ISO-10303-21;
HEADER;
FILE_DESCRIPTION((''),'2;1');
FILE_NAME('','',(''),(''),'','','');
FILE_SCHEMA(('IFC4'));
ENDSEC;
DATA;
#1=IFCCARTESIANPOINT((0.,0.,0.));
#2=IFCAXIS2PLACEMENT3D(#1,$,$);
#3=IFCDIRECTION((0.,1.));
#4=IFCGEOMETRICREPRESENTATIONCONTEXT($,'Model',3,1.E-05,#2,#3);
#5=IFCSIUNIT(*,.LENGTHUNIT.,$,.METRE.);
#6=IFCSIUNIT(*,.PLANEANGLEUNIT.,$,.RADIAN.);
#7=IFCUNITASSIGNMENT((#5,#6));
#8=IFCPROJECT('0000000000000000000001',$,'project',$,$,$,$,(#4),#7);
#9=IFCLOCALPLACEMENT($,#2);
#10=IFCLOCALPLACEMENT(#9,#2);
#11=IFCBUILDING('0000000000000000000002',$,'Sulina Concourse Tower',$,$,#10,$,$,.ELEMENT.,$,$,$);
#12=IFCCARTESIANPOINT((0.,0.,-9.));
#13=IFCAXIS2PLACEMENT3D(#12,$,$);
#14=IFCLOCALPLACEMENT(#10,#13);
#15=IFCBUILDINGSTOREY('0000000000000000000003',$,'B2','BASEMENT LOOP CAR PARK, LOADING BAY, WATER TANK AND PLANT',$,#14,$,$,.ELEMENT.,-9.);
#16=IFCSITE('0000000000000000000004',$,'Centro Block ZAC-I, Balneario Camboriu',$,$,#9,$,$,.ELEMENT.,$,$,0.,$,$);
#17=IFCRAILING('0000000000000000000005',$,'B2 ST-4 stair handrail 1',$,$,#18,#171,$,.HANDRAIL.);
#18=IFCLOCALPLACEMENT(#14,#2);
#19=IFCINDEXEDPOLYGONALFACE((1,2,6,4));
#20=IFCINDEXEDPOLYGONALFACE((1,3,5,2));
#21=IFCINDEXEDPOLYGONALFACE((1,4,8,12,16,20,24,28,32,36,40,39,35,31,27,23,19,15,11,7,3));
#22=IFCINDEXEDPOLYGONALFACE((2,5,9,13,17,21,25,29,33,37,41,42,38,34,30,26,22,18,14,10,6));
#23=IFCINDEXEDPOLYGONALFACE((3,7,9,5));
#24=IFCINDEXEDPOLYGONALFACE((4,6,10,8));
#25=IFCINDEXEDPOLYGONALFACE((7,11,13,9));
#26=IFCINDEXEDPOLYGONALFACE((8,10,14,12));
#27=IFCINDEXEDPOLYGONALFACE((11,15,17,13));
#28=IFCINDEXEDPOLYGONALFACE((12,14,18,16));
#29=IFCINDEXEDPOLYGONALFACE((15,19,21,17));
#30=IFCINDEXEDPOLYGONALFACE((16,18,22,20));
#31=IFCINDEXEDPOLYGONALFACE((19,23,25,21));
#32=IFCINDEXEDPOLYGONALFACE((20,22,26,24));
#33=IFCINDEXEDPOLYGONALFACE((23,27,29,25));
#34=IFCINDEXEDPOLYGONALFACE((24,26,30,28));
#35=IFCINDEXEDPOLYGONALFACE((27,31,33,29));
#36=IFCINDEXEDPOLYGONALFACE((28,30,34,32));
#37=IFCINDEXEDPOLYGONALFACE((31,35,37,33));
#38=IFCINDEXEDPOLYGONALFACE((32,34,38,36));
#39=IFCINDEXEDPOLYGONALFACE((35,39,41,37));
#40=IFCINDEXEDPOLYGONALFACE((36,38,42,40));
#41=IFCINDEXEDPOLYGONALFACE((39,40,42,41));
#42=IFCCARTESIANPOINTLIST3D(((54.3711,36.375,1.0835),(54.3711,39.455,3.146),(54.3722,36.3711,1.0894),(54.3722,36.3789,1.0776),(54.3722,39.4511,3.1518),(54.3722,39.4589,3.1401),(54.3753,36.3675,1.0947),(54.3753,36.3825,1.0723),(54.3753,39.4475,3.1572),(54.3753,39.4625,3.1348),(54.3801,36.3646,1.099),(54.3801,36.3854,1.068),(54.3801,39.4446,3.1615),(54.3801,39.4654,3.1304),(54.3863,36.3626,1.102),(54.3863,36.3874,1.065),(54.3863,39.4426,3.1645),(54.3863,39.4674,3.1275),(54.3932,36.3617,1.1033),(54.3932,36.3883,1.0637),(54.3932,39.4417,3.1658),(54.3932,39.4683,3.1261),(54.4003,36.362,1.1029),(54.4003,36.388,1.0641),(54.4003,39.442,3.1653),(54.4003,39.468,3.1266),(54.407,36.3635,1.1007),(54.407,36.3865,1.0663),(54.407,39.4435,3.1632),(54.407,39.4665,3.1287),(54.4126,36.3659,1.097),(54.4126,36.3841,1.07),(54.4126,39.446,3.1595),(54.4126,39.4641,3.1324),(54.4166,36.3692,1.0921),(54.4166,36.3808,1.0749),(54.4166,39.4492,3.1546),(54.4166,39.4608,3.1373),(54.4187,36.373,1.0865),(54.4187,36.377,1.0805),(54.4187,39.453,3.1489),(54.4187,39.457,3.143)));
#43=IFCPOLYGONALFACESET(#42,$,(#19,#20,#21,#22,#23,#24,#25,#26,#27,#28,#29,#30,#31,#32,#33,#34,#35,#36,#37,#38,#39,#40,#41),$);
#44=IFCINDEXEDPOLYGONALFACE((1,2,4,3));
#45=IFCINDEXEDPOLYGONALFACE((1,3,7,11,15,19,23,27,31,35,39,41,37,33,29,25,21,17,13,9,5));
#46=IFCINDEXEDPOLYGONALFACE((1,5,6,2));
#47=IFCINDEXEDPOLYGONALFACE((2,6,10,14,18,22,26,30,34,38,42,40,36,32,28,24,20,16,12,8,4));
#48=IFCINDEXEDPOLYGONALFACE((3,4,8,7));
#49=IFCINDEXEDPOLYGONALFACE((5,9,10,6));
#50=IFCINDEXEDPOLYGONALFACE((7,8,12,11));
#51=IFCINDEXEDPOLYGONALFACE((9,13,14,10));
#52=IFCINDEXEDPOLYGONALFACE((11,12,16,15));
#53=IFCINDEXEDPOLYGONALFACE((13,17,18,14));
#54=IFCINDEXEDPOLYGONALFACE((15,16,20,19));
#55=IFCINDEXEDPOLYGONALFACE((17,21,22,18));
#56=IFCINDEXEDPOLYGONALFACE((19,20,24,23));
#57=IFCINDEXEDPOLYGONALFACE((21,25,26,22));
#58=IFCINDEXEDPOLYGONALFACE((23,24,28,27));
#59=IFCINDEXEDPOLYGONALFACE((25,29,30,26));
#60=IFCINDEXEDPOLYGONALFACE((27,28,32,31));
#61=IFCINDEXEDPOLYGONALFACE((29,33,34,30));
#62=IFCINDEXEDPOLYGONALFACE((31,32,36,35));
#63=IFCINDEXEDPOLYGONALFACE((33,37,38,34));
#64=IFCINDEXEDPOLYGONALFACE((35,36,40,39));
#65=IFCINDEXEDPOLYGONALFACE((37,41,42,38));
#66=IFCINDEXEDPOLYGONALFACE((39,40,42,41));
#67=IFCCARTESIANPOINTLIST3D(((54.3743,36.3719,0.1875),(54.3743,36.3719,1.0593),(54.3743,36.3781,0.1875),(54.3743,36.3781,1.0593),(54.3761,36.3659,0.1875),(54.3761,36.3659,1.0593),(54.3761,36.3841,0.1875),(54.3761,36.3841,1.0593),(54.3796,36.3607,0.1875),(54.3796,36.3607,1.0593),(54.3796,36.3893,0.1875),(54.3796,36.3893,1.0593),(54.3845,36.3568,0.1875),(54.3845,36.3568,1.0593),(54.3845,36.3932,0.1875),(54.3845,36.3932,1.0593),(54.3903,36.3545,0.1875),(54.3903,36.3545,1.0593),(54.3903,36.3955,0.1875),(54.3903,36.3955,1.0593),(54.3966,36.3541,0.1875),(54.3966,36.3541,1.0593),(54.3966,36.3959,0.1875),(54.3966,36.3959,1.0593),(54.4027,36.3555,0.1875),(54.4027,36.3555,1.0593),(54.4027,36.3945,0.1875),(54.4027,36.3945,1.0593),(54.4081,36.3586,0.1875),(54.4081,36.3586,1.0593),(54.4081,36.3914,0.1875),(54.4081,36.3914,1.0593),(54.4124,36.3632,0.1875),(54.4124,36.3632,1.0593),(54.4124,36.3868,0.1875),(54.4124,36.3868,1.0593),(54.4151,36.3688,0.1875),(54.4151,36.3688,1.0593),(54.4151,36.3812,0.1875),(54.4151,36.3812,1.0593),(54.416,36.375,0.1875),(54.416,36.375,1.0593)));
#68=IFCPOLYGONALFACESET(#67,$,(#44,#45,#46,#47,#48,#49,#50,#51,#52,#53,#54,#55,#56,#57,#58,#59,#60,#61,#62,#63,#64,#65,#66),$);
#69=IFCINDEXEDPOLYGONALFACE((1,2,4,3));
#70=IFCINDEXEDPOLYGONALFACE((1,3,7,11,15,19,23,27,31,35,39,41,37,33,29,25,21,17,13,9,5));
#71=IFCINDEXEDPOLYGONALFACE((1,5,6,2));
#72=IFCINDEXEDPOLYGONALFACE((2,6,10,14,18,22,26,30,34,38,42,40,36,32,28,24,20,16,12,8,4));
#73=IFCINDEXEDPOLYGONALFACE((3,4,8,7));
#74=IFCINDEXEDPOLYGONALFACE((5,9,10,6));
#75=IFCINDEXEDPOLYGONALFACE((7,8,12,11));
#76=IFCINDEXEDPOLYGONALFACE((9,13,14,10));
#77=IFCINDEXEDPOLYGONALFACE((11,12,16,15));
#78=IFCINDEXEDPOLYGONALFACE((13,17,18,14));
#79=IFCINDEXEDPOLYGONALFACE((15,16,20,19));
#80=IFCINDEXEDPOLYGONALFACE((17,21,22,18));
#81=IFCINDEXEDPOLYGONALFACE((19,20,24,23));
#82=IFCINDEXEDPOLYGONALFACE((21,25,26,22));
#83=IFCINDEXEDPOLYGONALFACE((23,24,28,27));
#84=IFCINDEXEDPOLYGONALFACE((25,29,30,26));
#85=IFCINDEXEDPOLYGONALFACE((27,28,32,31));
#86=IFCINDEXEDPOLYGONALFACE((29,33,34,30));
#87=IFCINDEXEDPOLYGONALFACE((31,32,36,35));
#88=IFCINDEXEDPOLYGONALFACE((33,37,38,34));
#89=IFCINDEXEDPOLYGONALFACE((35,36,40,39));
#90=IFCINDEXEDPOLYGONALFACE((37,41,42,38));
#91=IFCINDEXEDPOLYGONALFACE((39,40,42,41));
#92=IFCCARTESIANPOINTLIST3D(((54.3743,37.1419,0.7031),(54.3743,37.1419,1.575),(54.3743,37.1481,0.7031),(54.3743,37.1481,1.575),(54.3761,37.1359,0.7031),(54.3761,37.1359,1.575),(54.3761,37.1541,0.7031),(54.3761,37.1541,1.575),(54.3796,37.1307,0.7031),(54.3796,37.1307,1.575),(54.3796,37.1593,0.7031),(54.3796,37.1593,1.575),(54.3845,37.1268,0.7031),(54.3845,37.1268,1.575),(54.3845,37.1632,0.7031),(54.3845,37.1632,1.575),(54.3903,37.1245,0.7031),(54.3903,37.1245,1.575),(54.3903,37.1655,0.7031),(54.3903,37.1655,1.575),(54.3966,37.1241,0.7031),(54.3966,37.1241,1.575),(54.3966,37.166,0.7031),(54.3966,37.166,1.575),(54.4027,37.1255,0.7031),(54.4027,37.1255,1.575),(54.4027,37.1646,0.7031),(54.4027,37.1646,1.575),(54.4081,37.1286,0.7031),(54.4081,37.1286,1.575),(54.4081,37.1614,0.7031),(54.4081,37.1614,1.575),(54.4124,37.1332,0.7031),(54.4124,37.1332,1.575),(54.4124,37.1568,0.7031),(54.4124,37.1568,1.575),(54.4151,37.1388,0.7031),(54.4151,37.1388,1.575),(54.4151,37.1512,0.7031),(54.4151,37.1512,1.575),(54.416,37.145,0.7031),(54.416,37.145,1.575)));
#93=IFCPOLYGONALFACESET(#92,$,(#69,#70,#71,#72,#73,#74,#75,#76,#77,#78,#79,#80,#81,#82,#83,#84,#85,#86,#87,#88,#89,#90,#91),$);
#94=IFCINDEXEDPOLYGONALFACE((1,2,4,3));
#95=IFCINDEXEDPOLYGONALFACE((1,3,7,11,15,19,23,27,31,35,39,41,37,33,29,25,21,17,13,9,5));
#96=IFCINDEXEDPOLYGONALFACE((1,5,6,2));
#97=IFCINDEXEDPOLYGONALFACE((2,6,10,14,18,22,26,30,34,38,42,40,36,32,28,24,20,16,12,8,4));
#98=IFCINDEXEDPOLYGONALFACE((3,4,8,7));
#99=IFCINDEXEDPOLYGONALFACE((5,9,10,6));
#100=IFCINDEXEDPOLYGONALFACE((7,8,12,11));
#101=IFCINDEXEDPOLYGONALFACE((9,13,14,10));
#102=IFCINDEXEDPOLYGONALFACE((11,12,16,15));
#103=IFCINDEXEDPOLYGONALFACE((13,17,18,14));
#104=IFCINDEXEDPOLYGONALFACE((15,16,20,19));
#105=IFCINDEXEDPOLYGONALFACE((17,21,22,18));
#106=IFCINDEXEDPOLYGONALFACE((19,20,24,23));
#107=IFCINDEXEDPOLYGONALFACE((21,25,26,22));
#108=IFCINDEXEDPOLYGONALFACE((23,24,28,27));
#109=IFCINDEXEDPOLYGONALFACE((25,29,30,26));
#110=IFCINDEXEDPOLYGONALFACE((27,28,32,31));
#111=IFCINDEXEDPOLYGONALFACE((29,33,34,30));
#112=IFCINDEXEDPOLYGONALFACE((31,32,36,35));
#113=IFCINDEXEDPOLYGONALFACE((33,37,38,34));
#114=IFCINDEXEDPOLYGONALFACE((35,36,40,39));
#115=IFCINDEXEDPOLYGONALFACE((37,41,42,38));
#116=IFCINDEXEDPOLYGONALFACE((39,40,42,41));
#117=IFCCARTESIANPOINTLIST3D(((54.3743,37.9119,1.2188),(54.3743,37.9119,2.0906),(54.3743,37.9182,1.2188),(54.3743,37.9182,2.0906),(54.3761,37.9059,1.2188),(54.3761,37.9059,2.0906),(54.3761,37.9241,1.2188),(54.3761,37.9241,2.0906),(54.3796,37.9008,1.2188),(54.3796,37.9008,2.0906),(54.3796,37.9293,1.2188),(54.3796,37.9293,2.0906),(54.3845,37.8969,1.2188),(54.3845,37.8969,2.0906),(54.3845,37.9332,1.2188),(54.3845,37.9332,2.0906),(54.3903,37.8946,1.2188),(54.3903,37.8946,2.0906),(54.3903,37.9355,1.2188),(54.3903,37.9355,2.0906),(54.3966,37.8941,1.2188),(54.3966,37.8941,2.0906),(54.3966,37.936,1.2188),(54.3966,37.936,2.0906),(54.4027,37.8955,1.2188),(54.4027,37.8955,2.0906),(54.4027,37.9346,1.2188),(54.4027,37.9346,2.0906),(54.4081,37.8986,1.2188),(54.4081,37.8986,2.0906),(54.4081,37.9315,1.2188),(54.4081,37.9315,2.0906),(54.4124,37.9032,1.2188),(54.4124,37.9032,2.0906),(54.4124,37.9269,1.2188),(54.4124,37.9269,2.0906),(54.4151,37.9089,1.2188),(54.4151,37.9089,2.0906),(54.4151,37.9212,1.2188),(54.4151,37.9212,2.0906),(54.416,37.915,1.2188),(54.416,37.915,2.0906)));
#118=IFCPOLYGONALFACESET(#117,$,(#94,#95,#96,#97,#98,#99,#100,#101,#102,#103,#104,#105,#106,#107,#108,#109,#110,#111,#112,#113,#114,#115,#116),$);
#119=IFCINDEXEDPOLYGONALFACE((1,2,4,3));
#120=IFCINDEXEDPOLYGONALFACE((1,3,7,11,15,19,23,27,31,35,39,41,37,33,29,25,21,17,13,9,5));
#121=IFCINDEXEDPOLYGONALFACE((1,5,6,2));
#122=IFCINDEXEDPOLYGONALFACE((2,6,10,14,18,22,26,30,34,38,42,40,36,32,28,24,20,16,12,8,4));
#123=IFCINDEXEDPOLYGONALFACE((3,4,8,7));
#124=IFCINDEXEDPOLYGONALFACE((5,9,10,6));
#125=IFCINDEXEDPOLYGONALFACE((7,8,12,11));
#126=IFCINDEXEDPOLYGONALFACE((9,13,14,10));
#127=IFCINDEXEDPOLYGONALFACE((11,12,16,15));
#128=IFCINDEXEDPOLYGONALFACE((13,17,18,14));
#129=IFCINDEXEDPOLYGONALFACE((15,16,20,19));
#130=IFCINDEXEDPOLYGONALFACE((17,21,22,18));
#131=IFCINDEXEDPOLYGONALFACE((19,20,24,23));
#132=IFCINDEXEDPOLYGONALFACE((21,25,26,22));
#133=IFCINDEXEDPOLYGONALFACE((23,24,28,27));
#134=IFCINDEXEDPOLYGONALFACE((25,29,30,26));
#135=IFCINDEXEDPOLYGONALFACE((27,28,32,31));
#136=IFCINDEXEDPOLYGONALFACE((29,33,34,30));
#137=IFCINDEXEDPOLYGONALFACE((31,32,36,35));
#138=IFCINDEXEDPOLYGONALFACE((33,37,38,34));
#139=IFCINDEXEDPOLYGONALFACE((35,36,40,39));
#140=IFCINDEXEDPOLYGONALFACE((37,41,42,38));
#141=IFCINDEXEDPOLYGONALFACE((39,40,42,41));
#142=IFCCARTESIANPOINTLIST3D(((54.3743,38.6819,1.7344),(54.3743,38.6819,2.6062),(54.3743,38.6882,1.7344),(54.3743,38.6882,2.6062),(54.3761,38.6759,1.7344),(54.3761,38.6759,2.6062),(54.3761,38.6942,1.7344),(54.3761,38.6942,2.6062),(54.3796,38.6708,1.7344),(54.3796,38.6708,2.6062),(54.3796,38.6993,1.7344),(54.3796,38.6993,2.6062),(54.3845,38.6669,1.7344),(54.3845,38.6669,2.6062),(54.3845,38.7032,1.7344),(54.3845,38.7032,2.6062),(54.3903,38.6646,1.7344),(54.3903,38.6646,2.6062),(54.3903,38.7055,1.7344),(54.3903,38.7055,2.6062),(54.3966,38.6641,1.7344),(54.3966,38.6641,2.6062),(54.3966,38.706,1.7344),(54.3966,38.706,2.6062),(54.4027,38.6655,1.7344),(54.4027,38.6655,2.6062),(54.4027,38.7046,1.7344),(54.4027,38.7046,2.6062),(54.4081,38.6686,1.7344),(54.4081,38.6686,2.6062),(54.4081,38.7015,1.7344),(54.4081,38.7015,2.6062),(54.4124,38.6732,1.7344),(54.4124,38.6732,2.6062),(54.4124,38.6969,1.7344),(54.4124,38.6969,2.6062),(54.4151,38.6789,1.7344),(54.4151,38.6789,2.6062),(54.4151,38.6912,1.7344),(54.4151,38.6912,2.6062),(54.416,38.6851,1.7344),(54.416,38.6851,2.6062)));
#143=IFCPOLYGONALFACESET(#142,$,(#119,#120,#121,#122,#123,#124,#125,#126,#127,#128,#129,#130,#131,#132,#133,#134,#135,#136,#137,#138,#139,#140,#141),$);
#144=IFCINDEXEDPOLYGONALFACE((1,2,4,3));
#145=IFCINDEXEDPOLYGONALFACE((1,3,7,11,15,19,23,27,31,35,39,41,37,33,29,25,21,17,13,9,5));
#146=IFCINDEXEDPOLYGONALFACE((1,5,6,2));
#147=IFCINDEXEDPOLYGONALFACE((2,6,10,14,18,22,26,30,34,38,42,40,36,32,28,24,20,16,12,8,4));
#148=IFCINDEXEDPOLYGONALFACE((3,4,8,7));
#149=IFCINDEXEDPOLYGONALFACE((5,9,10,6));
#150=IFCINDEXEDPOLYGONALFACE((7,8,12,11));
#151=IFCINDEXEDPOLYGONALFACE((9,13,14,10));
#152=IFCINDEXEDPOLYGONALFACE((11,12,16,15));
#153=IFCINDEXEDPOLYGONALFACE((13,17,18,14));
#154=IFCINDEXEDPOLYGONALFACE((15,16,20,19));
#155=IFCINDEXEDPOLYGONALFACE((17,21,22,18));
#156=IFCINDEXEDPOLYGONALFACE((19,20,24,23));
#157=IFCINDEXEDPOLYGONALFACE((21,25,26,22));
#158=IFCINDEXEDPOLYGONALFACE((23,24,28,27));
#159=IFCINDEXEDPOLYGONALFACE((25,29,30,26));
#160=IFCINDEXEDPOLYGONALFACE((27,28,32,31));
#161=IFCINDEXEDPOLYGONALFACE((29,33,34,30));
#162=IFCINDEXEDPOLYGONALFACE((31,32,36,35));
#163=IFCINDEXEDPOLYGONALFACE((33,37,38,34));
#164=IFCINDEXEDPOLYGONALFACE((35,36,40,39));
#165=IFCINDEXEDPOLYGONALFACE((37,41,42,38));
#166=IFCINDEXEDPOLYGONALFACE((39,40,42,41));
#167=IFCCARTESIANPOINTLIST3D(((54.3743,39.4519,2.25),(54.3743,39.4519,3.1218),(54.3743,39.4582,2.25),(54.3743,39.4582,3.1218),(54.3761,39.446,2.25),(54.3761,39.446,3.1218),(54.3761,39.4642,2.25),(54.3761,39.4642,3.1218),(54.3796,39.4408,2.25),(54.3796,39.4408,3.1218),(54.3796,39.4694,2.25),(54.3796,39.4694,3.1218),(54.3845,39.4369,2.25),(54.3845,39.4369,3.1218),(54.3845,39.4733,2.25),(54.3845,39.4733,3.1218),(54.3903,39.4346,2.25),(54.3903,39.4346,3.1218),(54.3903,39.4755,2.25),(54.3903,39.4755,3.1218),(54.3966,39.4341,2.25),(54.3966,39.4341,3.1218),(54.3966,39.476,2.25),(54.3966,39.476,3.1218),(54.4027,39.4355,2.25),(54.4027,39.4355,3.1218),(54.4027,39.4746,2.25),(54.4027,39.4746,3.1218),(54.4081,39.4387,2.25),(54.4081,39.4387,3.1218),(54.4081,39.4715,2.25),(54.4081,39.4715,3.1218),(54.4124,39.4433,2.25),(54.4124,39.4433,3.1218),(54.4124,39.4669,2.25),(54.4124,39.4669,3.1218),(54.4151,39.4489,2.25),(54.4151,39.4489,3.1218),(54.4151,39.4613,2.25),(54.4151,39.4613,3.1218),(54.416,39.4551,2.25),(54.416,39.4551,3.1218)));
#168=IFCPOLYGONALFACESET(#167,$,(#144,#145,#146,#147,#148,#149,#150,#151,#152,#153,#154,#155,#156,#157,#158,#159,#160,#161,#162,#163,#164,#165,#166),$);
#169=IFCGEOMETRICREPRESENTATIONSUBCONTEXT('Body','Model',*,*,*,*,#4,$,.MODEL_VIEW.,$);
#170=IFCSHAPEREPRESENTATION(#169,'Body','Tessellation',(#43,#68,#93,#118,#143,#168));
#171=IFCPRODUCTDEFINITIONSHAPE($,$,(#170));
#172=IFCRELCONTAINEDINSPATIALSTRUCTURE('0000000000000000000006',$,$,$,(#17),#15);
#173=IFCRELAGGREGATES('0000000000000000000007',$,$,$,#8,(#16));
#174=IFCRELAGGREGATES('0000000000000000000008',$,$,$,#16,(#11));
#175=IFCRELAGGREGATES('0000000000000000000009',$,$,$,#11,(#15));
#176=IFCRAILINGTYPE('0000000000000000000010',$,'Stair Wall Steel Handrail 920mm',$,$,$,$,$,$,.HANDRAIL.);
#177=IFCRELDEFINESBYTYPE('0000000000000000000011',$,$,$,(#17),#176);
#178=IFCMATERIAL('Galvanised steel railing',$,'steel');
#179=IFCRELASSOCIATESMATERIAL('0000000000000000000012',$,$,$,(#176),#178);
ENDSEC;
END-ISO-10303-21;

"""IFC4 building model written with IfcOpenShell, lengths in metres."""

from ifc_helpers import new_model, si_unit, direction, frame, origin, origin_2d, place, context, subcontext, project, spatial, circle, extrude, material, type_object, element, save


model = new_model("IFC4")

# Units and contexts
model_context = context("Model", 3, precision=1e-05, world=origin(), true_north=direction((0.0, 1.0)))
body_context = subcontext(model_context, "Body", "Model", "MODEL_VIEW")
ifc_project = project(units=[si_unit("LENGTHUNIT", "METRE"), si_unit("PLANEANGLEUNIT", "RADIAN")], contexts=[model_context])

# Site, building, storey
site_placement = place(None, origin())
site = spatial("IfcSite", under=ifc_project, at=site_placement, Name="Centro Block ZAC-I, Balneario Camboriu", CompositionType="ELEMENT", RefElevation=0.0)
building_placement = place(site_placement, origin())
building = spatial("IfcBuilding", under=site, at=building_placement, Name="Sulina Concourse Tower", CompositionType="ELEMENT")
storey_placement = place(building_placement, frame((0.0, 0.0, -9.0)))
storey = spatial("IfcBuildingStorey", under=building, at=storey_placement, Name="B2", Description="BASEMENT LOOP CAR PARK, LOADING BAY, WATER TANK AND PLANT", CompositionType="ELEMENT", Elevation=-9.0)

# Railing
ifc_material_1 = material(Name="Galvanised steel railing", Category="steel")
railing_type = type_object("IfcRailingType", Name="Stair Wall Steel Handrail 920mm", PredefinedType="HANDRAIL", material=ifc_material_1)
railing_placement = place(storey_placement, frame((54.395, 36.375, 0.1875)))
element("IfcRailing", 1, at=railing_placement, inside=storey, type_object=railing_type, Name="B2 ST-4 stair handrail 1", PredefinedType="HANDRAIL", context=body_context, shape_type="SweptSolid", body=[
    extrude(circle(Radius=0.0239, at=origin_2d()), frame((0.0, 0.0, 0.896), z_axis=(0.0, 0.830914, 0.556401), x_axis=(-1.0, 0.0, 0.0)), (0.0, 0.0, 1.0), 3.7068),
    extrude(circle(Radius=0.021, at=origin_2d()), origin(), (0.0, 0.0, 1.0), 0.8718),
    extrude(circle(Radius=0.021, at=origin_2d()), frame((0.0, 0.77, 0.5156)), (0.0, 0.0, 1.0), 0.8718),
    extrude(circle(Radius=0.021, at=origin_2d()), frame((0.0, 1.54, 1.0312)), (0.0, 0.0, 1.0), 0.8718),
    extrude(circle(Radius=0.021, at=origin_2d()), frame((0.0, 2.3101, 1.5469)), (0.0, 0.0, 1.0), 0.8718),
    extrude(circle(Radius=0.021, at=origin_2d()), frame((0.0, 3.0801, 2.0625)), (0.0, 0.0, 1.0), 0.8718),
])

save(model, "model.ifc")
